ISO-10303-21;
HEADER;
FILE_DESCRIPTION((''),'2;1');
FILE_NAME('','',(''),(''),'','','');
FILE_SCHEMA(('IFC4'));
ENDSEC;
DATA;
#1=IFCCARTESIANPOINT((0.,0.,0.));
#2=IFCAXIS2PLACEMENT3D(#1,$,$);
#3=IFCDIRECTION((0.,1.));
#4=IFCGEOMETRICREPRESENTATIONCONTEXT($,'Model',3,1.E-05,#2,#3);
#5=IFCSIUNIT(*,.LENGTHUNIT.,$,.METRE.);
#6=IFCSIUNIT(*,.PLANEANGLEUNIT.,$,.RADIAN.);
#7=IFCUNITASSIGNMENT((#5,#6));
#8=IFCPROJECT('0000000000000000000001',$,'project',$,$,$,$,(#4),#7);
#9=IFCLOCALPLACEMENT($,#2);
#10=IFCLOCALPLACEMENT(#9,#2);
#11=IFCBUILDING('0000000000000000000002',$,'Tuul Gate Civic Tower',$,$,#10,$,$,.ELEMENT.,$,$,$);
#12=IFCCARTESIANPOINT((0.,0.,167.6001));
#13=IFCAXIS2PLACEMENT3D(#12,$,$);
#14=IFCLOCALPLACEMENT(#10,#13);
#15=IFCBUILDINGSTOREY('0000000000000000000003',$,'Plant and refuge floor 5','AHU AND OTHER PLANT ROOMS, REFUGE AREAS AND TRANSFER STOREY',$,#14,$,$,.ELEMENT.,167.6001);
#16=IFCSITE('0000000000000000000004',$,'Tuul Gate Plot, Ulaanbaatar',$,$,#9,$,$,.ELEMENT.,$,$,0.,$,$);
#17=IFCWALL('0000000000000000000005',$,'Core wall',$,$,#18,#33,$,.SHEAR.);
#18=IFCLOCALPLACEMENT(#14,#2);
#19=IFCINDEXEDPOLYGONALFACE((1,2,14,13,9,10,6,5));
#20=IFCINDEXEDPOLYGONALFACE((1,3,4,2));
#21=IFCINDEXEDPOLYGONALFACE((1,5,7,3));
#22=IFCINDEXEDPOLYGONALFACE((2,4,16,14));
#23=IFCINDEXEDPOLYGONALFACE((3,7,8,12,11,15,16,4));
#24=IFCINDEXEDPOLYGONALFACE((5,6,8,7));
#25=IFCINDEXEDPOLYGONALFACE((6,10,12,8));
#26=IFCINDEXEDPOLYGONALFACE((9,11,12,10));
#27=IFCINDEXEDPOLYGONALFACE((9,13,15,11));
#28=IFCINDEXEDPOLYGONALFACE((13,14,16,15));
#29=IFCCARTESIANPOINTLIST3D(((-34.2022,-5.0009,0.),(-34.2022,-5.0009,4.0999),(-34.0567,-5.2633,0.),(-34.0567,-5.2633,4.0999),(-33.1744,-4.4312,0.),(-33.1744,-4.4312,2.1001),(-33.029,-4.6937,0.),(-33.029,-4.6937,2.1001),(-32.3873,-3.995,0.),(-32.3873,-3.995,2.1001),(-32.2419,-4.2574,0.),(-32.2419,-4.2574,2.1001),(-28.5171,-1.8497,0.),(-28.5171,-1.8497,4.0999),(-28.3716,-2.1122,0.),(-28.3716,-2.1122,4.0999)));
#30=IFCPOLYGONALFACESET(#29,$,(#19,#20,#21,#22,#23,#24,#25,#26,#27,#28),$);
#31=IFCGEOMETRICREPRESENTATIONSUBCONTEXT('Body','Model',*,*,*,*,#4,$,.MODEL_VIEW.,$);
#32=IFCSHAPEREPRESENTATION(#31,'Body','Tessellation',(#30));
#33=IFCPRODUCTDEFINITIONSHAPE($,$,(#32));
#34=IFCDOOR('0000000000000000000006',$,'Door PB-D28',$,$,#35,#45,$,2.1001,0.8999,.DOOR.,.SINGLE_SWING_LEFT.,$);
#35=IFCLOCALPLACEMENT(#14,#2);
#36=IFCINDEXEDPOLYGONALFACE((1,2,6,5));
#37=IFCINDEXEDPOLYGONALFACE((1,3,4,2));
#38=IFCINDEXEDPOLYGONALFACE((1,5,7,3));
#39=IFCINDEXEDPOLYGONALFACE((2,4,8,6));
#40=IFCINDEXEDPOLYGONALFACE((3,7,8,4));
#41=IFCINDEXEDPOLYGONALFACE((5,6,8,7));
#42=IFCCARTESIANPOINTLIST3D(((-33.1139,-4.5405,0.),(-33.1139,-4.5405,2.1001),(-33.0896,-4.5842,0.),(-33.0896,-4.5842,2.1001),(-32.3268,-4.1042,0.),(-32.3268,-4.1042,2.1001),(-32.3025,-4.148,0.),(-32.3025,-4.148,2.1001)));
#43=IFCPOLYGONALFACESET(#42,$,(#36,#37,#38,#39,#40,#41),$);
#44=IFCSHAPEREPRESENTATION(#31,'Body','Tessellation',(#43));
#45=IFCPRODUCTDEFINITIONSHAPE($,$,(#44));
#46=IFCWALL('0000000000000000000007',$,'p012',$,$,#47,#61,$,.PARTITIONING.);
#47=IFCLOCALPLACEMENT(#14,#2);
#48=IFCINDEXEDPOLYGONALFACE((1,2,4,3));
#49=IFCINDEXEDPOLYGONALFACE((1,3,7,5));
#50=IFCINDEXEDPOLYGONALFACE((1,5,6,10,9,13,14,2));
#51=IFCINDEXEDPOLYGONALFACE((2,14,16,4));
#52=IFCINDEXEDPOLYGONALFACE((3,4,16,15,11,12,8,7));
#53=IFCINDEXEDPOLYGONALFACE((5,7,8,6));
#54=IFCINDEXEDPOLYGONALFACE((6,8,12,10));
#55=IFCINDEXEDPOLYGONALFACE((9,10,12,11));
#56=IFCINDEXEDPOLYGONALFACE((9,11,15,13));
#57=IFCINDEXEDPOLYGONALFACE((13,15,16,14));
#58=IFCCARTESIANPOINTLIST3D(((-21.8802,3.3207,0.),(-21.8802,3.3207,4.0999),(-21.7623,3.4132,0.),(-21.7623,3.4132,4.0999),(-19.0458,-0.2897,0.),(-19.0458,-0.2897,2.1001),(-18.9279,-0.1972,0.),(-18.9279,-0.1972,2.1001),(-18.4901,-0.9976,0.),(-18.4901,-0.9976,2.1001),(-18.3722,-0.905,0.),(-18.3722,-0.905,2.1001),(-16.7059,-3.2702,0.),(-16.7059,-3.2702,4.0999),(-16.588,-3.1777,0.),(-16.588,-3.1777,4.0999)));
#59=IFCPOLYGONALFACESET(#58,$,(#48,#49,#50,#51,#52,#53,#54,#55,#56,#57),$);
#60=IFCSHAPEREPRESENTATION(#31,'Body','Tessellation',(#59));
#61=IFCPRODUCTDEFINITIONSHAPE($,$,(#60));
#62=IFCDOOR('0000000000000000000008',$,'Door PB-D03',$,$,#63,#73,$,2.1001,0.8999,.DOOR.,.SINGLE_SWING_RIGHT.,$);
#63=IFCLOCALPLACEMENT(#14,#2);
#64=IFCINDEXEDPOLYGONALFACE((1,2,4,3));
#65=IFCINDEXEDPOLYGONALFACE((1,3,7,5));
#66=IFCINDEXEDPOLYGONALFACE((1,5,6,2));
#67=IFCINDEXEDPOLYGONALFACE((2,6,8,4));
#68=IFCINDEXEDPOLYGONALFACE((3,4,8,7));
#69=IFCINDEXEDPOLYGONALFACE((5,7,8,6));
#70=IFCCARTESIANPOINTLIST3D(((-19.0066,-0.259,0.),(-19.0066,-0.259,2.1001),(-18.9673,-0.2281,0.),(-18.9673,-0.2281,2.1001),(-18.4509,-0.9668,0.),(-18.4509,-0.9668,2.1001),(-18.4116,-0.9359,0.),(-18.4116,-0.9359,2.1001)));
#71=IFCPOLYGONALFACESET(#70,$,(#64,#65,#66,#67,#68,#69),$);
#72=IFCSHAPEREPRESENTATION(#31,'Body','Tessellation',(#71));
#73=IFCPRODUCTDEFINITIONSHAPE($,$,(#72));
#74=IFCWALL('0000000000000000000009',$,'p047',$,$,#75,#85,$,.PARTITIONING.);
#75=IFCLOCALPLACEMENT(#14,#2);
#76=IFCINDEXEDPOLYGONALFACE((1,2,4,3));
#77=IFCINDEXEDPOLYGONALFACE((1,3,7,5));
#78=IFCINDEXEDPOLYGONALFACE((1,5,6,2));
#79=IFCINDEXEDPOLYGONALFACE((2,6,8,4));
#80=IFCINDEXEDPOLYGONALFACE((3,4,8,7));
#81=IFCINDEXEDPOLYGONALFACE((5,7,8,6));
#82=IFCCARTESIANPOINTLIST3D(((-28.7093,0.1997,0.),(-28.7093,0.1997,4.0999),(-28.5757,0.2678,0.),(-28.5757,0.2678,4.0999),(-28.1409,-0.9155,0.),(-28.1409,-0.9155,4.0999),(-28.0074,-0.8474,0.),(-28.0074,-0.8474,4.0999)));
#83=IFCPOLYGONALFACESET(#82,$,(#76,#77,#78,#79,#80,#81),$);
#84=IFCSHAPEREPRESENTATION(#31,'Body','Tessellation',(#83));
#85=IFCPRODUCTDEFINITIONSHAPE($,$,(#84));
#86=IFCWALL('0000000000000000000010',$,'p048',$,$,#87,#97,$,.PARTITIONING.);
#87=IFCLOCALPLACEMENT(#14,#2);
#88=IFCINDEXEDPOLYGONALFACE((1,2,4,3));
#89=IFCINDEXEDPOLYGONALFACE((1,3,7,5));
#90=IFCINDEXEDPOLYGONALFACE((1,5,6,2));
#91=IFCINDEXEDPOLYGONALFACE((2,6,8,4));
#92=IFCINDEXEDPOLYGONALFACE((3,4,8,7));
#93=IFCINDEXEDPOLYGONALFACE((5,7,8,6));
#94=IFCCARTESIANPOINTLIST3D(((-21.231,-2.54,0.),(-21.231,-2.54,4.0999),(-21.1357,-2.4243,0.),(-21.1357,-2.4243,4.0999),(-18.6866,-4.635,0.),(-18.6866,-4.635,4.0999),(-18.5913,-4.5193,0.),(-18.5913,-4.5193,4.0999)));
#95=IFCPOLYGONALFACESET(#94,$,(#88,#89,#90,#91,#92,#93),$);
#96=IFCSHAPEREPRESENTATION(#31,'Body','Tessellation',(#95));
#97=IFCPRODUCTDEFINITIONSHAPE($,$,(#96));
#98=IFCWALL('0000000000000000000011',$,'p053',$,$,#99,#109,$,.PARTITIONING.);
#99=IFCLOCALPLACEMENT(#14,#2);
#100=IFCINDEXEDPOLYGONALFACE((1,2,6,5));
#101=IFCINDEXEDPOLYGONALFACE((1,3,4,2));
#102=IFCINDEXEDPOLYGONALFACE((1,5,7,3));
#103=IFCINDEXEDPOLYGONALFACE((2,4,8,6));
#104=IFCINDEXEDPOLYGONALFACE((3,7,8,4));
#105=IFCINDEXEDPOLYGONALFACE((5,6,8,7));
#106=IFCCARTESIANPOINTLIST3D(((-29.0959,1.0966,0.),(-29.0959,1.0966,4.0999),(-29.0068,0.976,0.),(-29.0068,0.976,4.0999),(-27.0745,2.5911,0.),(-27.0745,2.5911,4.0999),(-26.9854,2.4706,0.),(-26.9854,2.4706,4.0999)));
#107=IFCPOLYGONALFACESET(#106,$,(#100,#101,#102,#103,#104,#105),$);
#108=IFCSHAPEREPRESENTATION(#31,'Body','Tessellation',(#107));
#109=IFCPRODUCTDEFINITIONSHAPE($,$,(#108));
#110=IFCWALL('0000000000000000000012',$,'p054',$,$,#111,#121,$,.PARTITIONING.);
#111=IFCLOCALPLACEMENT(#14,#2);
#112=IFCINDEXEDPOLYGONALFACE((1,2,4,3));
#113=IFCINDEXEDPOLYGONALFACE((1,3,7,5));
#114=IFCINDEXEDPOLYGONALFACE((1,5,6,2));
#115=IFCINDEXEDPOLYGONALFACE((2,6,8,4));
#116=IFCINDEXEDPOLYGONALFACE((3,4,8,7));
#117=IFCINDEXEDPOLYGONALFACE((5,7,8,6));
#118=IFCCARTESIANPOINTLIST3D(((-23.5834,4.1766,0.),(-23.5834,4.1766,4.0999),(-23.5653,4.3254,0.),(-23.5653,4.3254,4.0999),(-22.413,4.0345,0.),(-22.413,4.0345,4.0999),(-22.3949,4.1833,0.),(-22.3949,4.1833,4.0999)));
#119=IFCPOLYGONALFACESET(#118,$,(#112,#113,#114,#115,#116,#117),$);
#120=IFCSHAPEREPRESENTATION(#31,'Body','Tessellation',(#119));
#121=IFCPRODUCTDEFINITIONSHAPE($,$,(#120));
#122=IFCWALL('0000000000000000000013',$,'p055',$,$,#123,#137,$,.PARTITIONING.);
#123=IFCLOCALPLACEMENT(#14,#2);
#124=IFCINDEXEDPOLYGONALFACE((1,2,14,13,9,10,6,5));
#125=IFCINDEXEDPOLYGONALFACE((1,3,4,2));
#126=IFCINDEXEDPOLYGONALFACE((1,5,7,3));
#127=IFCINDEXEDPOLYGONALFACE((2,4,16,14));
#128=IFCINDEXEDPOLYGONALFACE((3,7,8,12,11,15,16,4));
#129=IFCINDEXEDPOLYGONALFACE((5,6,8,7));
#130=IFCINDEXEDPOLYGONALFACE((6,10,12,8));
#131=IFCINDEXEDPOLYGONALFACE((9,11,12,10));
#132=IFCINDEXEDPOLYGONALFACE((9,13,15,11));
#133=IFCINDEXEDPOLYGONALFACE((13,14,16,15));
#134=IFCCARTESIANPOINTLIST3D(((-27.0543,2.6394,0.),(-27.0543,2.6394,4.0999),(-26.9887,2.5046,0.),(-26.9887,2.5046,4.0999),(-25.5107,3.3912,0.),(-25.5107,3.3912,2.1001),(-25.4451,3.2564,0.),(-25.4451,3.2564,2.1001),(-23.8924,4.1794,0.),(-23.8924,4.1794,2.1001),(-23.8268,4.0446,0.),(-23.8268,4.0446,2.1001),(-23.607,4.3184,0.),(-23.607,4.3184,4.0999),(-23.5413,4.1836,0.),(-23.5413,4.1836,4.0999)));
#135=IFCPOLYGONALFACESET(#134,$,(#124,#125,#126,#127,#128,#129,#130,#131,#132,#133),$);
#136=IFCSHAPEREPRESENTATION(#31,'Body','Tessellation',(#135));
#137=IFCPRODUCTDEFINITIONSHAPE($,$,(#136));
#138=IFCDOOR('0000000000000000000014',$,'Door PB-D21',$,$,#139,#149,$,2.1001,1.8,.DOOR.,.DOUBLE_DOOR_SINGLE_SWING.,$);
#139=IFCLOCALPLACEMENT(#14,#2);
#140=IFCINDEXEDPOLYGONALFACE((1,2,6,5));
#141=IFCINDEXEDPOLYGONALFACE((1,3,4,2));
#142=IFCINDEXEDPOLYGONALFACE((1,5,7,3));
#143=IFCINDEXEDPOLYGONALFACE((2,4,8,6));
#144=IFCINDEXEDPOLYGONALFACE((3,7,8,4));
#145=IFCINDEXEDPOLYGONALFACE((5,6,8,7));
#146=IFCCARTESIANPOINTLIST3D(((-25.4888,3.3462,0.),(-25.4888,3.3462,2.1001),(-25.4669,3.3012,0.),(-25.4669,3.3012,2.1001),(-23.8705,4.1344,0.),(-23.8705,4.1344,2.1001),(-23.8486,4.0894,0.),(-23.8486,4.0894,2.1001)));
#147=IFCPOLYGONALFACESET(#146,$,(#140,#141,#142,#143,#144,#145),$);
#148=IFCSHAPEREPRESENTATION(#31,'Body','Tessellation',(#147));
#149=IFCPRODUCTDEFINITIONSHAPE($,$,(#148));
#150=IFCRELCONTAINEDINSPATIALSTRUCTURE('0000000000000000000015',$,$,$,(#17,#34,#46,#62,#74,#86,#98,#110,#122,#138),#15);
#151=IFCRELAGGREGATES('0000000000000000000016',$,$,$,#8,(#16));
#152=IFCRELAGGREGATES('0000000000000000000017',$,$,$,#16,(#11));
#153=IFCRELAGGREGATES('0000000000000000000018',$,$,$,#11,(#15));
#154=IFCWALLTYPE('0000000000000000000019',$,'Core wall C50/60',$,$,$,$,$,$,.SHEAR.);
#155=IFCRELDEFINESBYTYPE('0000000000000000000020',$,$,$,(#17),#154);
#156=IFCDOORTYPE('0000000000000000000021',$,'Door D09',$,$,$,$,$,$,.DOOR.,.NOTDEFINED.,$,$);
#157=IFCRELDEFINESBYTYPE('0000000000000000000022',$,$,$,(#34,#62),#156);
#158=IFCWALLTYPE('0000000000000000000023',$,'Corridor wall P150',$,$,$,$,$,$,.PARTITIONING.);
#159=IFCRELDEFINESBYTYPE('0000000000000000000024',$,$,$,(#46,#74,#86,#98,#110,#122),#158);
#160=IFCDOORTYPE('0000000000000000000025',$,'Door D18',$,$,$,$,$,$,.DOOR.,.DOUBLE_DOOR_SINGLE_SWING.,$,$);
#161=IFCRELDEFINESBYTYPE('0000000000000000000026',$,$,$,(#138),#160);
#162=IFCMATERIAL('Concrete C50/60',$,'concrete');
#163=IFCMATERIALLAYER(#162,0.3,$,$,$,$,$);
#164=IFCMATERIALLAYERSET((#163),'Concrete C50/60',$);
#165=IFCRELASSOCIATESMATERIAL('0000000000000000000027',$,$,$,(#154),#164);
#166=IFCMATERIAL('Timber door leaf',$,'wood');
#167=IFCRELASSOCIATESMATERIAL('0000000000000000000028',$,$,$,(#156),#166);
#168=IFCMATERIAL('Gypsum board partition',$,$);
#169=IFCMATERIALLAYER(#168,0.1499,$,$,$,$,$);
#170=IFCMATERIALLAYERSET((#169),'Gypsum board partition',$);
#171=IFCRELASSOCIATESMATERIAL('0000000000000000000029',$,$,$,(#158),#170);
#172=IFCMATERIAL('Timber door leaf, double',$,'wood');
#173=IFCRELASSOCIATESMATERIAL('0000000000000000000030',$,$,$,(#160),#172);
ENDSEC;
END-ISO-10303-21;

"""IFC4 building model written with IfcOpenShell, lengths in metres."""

from ifc_helpers import new_model, si_unit, direction, frame, frame_2d, origin, place, context, subcontext, project, spatial, rectangle, extrude, material, layer, layer_set, type_object, element, fill, save


model = new_model("IFC4")

# Units and contexts
model_context = context("Model", 3, precision=1e-05, world=origin(), true_north=direction((0.0, 1.0)))
body_context = subcontext(model_context, "Body", "Model", "MODEL_VIEW")
ifc_project = project(units=[si_unit("LENGTHUNIT", "METRE"), si_unit("PLANEANGLEUNIT", "RADIAN")], contexts=[model_context])

# Site, building, storey
site_placement = place(None, origin())
site = spatial("IfcSite", under=ifc_project, at=site_placement, Name="Tuul Gate Plot, Ulaanbaatar", CompositionType="ELEMENT", RefElevation=0.0)
building_placement = place(site_placement, origin())
building = spatial("IfcBuilding", under=site, at=building_placement, Name="Tuul Gate Civic Tower", CompositionType="ELEMENT")
storey_placement = place(building_placement, frame((0.0, 0.0, 167.6001)))
storey = spatial("IfcBuildingStorey", under=building, at=storey_placement, Name="Plant and refuge floor 5", Description="AHU AND OTHER PLANT ROOMS, REFUGE AREAS AND TRANSFER STOREY", CompositionType="ELEMENT", Elevation=167.6001)

# Walls, openings, doors
ifc_material_1 = material(Name="Concrete C50/60", Category="concrete")
ifc_layer_1 = layer(ifc_material_1, 0.3)
ifc_layer_set_1 = layer_set([ifc_layer_1], Name="Concrete C50/60")
wall_type_1 = type_object("IfcWallType", Name="Core wall C50/60", PredefinedType="SHEAR", material=ifc_layer_set_1)
wall_1_placement = place(storey_placement, frame((-28.4443, -1.981, 0.0), z_axis=(0.0, 0.0, 1.0), x_axis=(-0.87463, -0.484791, 0.0)))
wall_1 = element("IfcWall", 1, at=wall_1_placement, inside=storey, type_object=wall_type_1, Name="Core wall", PredefinedType="SHEAR", context=body_context, shape_type="SweptSolid", body=[
    extrude(rectangle(XDim=6.5, YDim=0.3, at=frame_2d((3.25, 0.0))), origin(), (0.0, 0.0, 1.0), 4.0999),
])
opening_1_placement = place(wall_1_placement, frame((4.425, 0.0, 0.0)))
opening_1 = element("IfcOpeningElement", 2, at=opening_1_placement, cuts=wall_1, PredefinedType="OPENING", context=body_context, shape_type="SweptSolid", body=[
    extrude(rectangle(XDim=0.8999, YDim=2.1001, at=frame_2d((0.45, 1.05))), frame((0.0, 0.1602, 0.0), z_axis=(0.0, -1.0, 0.0), x_axis=(1.0, 0.0, 0.0)), (0.0, 0.0, 1.0), 0.3201),
])
ifc_material_2 = material(Name="Timber door leaf", Category="wood")
door_type_1 = type_object("IfcDoorType", Name="Door D09", OperationType="NOTDEFINED", PredefinedType="DOOR", material=ifc_material_2)
door_1_placement = place(opening_1_placement, origin())
door_1 = element("IfcDoor", 3, at=door_1_placement, inside=storey, type_object=door_type_1, Name="Door PB-D28", OperationType="SINGLE_SWING_LEFT", OverallHeight=2.1001, OverallWidth=0.8999, PredefinedType="DOOR", context=body_context, shape_type="SweptSolid", body=[
    extrude(rectangle(XDim=0.8999, YDim=2.1001, at=frame_2d((0.45, 1.05))), frame((0.0, 0.0249, 0.0), z_axis=(0.0, -1.0, 0.0), x_axis=(1.0, 0.0, 0.0)), (0.0, 0.0, 1.0), 0.05),
])
fill(opening_1, door_1)
ifc_material_3 = material(Name="Gypsum board partition")
ifc_layer_2 = layer(ifc_material_3, 0.1499)
ifc_layer_set_2 = layer_set([ifc_layer_2], Name="Gypsum board partition")
wall_type_2 = type_object("IfcWallType", Name="Corridor wall P150", PredefinedType="PARTITIONING", material=ifc_layer_set_2)
wall_2_placement = place(storey_placement, frame((-21.8213, 3.3669, 0.0), z_axis=(0.0, 0.0, 1.0), x_axis=(0.617513, -0.786561, 0.0)))
wall_2 = element("IfcWall", 4, at=wall_2_placement, inside=storey, type_object=wall_type_2, Name="p012", PredefinedType="PARTITIONING", context=body_context, shape_type="SweptSolid", body=[
    extrude(rectangle(XDim=8.3794, YDim=0.1499, at=frame_2d((4.1897, 0.0))), origin(), (0.0, 0.0, 1.0), 4.0999),
])
opening_2_placement = place(wall_2_placement, frame((4.5901, 0.0, 0.0)))
opening_2 = element("IfcOpeningElement", 5, at=opening_2_placement, cuts=wall_2, PredefinedType="OPENING", context=body_context, shape_type="SweptSolid", body=[
    extrude(rectangle(XDim=0.8999, YDim=2.1001, at=frame_2d((0.45, 1.05))), frame((0.0, 0.085, 0.0), z_axis=(0.0, -1.0, 0.0), x_axis=(1.0, 0.0, 0.0)), (0.0, 0.0, 1.0), 0.1699),
])
door_2_placement = place(opening_2_placement, origin())
door_2 = element("IfcDoor", 6, at=door_2_placement, inside=storey, type_object=door_type_1, Name="Door PB-D03", OperationType="SINGLE_SWING_RIGHT", OverallHeight=2.1001, OverallWidth=0.8999, PredefinedType="DOOR", context=body_context, shape_type="SweptSolid", body=[
    extrude(rectangle(XDim=0.8999, YDim=2.1001, at=frame_2d((0.45, 1.05))), frame((0.0, 0.0249, 0.0), z_axis=(0.0, -1.0, 0.0), x_axis=(1.0, 0.0, 0.0)), (0.0, 0.0, 1.0), 0.05),
])
fill(opening_2, door_2)

# Walls
wall_3_placement = place(storey_placement, frame((-28.6426, 0.2339, 0.0), z_axis=(0.0, 0.0, 1.0), x_axis=(0.454066, -0.890968, 0.0)))
element("IfcWall", 7, at=wall_3_placement, inside=storey, type_object=wall_type_2, Name="p047", PredefinedType="PARTITIONING", context=body_context, shape_type="SweptSolid", body=[
    extrude(rectangle(XDim=1.2517, YDim=0.1499, at=frame_2d((0.626, 0.0))), origin(), (0.0, 0.0, 1.0), 4.0999),
])
wall_4_placement = place(storey_placement, frame((-21.1833, -2.4822, 0.0), z_axis=(0.0, 0.0, 1.0), x_axis=(0.771997, -0.635627, 0.0)))
element("IfcWall", 8, at=wall_4_placement, inside=storey, type_object=wall_type_2, Name="p048", PredefinedType="PARTITIONING", context=body_context, shape_type="SweptSolid", body=[
    extrude(rectangle(XDim=3.2959, YDim=0.1499, at=frame_2d((1.6479, 0.0))), origin(), (0.0, 0.0, 1.0), 4.0999),
])
wall_5_placement = place(storey_placement, frame((-29.0513, 1.0364, 0.0), z_axis=(0.0, 0.0, 1.0), x_axis=(0.804083, 0.594517, 0.0)))
element("IfcWall", 9, at=wall_5_placement, inside=storey, type_object=wall_type_2, Name="p053", PredefinedType="PARTITIONING", context=body_context, shape_type="SweptSolid", body=[
    extrude(rectangle(XDim=2.5139, YDim=0.1499, at=frame_2d((1.2568, 0.0))), origin(), (0.0, 0.0, 1.0), 4.0999),
])
wall_6_placement = place(storey_placement, frame((-23.5742, 4.251, 0.0), z_axis=(0.0, 0.0, 1.0), x_axis=(0.992711, -0.120517, 0.0)))
element("IfcWall", 10, at=wall_6_placement, inside=storey, type_object=wall_type_2, Name="p054", PredefinedType="PARTITIONING", context=body_context, shape_type="SweptSolid", body=[
    extrude(rectangle(XDim=1.179, YDim=0.1499, at=frame_2d((0.5894, 0.0))), origin(), (0.0, 0.0, 1.0), 4.0999),
])

# Wall, opening, door
wall_7_placement = place(storey_placement, frame((-27.0215, 2.572, 0.0), z_axis=(0.0, 0.0, 1.0), x_axis=(0.899039, 0.437868, 0.0)))
wall_7 = element("IfcWall", 11, at=wall_7_placement, inside=storey, type_object=wall_type_2, Name="p055", PredefinedType="PARTITIONING", context=body_context, shape_type="SweptSolid", body=[
    extrude(rectangle(XDim=3.8345, YDim=0.1499, at=frame_2d((1.9172, 0.0))), origin(), (0.0, 0.0, 1.0), 4.0999),
])
opening_3_placement = place(wall_7_placement, frame((1.717, 0.0, 0.0)))
opening_3 = element("IfcOpeningElement", 12, at=opening_3_placement, cuts=wall_7, PredefinedType="OPENING", context=body_context, shape_type="SweptSolid", body=[
    extrude(rectangle(XDim=1.8, YDim=2.1001, at=frame_2d((0.8999, 1.05))), frame((0.0, 0.085, 0.0), z_axis=(0.0, -1.0, 0.0), x_axis=(1.0, 0.0, 0.0)), (0.0, 0.0, 1.0), 0.1699),
])
ifc_material_4 = material(Name="Timber door leaf, double", Category="wood")
door_type_2 = type_object("IfcDoorType", Name="Door D18", OperationType="DOUBLE_DOOR_SINGLE_SWING", PredefinedType="DOOR", material=ifc_material_4)
door_3_placement = place(opening_3_placement, origin())
door_3 = element("IfcDoor", 13, at=door_3_placement, inside=storey, type_object=door_type_2, Name="Door PB-D21", OperationType="DOUBLE_DOOR_SINGLE_SWING", OverallHeight=2.1001, OverallWidth=1.8, PredefinedType="DOOR", context=body_context, shape_type="SweptSolid", body=[
    extrude(rectangle(XDim=1.8, YDim=2.1001, at=frame_2d((0.8999, 1.05))), frame((0.0, 0.0249, 0.0), z_axis=(0.0, -1.0, 0.0), x_axis=(1.0, 0.0, 0.0)), (0.0, 0.0, 1.0), 0.05),
])
fill(opening_3, door_3)

save(model, "model.ifc")
